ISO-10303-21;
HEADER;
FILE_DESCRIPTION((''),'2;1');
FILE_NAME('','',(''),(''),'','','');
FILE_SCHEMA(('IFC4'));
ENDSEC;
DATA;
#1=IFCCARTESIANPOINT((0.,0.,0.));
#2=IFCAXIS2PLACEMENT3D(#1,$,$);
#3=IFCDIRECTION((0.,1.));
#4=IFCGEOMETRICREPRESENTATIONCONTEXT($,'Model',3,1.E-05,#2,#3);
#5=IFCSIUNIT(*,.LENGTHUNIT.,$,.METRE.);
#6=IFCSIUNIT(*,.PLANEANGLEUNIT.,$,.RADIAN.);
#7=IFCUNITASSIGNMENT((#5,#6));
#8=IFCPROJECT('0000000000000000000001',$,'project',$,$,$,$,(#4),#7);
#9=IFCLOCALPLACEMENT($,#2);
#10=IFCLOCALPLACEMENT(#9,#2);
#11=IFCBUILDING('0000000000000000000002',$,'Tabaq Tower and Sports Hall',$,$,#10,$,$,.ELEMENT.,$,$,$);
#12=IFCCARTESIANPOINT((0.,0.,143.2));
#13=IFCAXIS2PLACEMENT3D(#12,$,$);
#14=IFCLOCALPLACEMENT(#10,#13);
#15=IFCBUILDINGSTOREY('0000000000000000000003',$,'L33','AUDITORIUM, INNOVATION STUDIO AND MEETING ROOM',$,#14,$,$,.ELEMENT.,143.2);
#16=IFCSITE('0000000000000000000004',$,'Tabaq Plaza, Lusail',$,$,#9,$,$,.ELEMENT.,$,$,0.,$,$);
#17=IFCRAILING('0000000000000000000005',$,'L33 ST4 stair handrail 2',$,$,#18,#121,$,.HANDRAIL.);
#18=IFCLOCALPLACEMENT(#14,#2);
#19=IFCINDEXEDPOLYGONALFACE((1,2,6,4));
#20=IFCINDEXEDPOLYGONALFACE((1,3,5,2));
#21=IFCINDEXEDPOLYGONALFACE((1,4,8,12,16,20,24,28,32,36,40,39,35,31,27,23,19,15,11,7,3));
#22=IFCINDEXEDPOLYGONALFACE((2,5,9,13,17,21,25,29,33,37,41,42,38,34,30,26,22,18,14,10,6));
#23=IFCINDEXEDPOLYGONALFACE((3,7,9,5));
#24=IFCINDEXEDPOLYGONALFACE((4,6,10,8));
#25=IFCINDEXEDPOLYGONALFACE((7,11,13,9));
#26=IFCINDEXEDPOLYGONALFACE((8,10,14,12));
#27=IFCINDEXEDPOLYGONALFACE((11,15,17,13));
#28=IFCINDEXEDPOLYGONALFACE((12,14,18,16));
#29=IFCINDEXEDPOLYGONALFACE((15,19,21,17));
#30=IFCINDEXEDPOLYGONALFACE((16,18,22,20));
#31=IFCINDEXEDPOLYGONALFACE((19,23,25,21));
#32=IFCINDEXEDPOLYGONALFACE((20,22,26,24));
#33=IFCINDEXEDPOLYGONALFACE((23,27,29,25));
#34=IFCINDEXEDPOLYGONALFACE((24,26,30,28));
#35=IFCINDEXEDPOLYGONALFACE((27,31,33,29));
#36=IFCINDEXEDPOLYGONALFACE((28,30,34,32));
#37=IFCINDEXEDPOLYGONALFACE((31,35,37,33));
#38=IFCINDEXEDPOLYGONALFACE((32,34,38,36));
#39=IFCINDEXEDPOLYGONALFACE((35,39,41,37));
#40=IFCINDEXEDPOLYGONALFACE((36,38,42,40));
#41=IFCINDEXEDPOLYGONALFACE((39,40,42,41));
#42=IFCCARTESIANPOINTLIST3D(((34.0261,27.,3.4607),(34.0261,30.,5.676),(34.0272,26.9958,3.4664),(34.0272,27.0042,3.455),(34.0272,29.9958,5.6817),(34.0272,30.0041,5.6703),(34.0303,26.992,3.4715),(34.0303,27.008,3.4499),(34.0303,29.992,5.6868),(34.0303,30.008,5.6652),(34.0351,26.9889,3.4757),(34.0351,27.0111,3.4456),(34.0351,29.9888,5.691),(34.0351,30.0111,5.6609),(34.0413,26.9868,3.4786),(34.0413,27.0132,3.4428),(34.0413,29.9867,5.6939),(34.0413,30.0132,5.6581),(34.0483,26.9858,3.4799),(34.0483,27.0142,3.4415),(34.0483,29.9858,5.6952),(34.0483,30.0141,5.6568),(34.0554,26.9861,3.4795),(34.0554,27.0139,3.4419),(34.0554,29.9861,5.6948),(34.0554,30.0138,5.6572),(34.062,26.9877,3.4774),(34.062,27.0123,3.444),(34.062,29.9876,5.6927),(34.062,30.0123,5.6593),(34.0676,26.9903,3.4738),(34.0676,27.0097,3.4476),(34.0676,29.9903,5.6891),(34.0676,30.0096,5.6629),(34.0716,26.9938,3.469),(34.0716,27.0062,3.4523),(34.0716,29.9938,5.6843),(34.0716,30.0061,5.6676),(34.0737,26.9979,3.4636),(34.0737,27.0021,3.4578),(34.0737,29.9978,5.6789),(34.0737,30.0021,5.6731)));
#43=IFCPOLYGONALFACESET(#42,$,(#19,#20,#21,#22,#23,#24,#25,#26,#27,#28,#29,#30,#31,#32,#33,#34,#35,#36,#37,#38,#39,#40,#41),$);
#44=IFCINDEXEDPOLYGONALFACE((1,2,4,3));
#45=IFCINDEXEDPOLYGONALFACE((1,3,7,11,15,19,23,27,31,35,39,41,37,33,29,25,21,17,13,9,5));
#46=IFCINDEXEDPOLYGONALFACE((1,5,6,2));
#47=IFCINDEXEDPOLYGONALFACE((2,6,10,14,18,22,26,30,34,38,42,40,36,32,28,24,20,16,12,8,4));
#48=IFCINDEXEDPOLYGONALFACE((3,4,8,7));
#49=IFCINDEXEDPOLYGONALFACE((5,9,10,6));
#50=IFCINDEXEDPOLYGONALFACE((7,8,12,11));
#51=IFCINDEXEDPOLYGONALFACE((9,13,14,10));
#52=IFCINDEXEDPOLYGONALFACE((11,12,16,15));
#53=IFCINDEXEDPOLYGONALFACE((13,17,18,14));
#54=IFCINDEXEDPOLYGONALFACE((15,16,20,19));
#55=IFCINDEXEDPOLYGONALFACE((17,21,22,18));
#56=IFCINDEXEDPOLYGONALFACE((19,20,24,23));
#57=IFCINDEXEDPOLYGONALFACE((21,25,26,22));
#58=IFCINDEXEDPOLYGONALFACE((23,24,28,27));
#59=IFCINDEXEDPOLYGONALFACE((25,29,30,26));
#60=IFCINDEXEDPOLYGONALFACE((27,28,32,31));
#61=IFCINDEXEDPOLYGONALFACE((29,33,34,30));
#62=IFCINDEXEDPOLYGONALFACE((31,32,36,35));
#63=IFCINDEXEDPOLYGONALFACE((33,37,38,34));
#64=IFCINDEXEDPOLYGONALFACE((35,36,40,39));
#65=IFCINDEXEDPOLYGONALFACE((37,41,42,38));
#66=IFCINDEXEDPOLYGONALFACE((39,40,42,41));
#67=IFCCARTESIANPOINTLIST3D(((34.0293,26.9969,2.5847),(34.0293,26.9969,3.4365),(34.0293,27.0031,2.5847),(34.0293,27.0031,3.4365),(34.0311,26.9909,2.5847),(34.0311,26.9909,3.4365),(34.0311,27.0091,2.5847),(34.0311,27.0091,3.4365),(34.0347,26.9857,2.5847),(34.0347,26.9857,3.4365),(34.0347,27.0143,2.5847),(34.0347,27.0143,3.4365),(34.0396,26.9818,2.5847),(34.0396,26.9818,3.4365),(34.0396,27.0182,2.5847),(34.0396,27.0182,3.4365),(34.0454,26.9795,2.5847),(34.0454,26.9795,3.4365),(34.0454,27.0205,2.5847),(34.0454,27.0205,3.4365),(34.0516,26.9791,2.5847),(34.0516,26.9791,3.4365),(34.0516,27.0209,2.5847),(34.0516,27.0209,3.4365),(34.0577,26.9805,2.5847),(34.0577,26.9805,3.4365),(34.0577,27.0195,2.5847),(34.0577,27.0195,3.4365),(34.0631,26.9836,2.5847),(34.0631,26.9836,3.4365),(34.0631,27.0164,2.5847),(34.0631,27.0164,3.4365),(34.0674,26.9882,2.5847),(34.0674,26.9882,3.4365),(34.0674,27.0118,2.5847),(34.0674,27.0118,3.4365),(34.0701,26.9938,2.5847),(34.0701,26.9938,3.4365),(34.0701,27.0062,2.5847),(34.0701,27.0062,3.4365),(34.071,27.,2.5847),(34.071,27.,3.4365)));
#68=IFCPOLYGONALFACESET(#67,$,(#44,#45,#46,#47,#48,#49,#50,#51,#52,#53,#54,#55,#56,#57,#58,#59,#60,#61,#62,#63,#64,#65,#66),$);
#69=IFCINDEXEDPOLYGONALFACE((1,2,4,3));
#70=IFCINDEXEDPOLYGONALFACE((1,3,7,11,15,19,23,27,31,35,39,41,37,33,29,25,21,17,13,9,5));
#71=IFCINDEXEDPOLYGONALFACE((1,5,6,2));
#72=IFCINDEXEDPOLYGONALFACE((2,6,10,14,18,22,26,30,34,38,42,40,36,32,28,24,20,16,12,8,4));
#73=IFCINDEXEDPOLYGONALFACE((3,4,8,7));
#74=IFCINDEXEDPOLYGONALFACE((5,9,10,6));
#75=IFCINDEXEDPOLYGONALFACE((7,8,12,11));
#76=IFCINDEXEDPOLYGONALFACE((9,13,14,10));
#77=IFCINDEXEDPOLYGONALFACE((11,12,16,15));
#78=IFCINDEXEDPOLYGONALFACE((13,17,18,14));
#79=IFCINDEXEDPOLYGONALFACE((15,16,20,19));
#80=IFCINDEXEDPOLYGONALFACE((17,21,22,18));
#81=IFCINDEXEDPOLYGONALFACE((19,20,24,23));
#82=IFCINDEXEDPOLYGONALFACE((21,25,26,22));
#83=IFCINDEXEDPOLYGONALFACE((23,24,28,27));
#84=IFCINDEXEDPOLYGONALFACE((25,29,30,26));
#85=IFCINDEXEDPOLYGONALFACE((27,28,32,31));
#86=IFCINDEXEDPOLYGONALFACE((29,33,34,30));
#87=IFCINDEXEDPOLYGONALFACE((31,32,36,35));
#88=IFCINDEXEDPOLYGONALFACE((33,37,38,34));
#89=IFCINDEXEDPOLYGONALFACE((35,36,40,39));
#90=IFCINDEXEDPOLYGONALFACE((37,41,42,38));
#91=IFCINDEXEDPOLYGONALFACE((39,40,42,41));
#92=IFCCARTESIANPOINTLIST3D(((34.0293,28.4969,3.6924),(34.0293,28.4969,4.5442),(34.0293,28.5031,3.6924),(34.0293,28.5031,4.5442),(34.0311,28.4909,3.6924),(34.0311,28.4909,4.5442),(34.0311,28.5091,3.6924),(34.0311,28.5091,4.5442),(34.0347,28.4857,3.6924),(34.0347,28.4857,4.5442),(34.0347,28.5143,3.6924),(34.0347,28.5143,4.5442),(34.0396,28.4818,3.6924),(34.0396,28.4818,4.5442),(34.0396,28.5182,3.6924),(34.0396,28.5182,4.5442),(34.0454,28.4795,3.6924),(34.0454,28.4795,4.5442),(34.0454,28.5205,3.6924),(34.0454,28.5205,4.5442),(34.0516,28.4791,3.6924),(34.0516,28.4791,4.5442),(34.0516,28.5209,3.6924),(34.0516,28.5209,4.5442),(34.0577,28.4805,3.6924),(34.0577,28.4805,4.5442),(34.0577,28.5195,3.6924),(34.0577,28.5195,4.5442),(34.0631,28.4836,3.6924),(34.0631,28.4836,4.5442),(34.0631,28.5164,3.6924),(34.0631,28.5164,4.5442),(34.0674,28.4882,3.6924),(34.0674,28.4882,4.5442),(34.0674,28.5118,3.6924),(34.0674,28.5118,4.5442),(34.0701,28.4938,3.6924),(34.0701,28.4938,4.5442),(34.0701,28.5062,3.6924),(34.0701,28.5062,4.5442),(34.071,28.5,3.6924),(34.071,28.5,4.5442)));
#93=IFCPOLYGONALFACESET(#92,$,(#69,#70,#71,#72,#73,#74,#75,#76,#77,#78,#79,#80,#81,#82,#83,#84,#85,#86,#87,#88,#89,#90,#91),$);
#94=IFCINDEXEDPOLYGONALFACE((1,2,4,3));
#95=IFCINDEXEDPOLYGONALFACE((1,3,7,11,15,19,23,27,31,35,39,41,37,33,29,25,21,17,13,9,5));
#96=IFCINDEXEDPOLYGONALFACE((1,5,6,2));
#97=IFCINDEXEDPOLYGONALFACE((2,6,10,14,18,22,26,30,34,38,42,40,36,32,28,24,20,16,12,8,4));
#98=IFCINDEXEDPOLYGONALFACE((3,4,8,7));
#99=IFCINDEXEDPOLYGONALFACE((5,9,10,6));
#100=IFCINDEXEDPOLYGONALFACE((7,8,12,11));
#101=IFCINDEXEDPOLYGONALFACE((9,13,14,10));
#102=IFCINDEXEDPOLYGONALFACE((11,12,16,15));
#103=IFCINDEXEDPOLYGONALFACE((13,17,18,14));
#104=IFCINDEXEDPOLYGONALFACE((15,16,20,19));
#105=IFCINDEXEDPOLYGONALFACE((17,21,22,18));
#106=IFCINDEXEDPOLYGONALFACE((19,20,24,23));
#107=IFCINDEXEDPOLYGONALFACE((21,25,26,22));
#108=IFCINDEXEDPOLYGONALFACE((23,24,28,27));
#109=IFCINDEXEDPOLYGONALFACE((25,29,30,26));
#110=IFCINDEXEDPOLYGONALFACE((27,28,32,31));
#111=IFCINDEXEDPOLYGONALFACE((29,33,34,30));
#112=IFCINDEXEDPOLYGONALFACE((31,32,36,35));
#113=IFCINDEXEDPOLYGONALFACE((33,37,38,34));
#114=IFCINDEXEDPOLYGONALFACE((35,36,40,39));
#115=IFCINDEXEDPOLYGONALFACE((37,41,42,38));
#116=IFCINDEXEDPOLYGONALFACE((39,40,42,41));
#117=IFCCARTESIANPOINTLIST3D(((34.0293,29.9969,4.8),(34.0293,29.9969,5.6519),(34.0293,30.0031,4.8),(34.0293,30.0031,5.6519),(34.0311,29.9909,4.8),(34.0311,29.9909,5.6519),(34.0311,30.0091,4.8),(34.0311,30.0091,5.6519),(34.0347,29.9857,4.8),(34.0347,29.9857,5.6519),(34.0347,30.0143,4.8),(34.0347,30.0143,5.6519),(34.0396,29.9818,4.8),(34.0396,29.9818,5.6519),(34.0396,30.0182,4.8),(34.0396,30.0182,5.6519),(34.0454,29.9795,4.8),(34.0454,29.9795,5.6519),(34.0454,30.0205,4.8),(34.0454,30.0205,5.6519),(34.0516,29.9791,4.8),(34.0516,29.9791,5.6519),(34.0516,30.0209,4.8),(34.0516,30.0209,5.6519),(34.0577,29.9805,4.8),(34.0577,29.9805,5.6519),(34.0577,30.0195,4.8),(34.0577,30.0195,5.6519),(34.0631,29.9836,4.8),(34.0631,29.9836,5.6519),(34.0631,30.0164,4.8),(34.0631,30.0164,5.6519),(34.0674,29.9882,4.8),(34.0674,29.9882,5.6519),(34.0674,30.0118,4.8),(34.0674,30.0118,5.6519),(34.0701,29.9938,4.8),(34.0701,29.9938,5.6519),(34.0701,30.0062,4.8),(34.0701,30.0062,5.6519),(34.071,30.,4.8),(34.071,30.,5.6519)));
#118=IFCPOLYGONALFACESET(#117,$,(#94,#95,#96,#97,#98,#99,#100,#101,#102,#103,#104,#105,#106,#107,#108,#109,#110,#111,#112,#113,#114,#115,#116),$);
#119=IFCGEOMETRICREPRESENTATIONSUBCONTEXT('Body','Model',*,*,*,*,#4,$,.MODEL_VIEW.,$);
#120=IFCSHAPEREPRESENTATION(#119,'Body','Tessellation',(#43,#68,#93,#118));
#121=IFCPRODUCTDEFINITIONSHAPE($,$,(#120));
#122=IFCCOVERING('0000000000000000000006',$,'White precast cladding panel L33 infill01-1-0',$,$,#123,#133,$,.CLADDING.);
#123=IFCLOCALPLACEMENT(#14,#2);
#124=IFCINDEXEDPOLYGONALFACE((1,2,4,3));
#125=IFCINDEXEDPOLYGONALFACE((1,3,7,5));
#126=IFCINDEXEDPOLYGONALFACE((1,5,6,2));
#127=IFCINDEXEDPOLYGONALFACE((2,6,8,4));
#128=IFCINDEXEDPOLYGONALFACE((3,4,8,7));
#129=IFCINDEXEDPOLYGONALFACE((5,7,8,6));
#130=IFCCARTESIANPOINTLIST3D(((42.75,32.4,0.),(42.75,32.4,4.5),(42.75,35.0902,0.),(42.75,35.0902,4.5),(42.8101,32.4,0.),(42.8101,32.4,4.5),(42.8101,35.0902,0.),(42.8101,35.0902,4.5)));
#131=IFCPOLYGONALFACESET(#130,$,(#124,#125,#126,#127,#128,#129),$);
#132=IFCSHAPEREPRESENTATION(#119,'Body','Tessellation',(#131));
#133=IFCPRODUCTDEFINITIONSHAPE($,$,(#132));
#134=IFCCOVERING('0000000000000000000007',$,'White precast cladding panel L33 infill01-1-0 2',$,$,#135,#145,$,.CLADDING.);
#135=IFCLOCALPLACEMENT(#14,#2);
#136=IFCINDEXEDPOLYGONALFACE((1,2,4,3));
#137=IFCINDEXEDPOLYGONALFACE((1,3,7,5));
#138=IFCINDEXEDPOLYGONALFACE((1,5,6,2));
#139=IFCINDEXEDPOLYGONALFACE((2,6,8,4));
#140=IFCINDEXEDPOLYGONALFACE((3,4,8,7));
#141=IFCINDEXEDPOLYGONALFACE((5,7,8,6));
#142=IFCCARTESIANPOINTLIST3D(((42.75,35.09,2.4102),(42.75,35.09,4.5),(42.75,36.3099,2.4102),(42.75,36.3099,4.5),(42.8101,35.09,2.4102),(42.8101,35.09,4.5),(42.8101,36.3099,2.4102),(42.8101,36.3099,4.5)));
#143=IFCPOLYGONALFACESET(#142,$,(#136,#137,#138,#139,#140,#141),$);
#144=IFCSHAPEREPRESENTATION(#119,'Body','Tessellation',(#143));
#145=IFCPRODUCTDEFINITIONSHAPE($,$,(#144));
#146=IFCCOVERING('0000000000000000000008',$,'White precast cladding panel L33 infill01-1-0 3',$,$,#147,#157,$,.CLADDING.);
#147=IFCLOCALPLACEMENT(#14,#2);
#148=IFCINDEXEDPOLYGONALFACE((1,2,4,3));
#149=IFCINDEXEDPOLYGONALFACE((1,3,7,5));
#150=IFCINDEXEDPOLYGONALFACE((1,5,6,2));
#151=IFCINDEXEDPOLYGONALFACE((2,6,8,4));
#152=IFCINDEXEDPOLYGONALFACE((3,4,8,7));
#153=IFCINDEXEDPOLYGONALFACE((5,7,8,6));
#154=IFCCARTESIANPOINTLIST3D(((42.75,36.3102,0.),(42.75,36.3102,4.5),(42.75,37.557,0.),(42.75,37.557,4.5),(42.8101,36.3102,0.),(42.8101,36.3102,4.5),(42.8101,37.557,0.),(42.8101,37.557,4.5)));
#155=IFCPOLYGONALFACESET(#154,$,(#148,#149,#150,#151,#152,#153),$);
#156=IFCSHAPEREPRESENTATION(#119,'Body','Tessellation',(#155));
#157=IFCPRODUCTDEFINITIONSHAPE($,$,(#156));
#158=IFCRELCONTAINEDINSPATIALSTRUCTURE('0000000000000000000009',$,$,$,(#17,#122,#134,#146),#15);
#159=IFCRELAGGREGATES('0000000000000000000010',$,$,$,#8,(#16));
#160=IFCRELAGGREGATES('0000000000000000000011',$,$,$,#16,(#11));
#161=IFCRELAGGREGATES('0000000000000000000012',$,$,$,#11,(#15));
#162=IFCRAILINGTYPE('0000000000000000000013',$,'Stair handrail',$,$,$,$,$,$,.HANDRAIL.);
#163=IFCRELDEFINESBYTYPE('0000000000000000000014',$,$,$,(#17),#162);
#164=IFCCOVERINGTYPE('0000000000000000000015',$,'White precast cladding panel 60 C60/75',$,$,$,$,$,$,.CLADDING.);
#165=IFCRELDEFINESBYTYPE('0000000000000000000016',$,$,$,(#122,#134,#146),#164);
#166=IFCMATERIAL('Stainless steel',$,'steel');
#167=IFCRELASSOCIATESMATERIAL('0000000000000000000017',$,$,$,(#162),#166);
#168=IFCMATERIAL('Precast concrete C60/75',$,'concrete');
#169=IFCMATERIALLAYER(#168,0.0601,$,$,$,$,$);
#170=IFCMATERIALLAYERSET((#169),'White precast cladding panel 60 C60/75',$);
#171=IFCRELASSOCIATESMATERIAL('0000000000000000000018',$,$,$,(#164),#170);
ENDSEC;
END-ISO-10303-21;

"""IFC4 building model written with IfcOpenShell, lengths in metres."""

from ifc_helpers import new_model, si_unit, direction, frame, frame_2d, origin, origin_2d, place, context, subcontext, project, spatial, rectangle, circle, extrude, material, layer, layer_set, type_object, element, save


model = new_model("IFC4")

# Units and contexts
model_context = context("Model", 3, precision=1e-05, world=origin(), true_north=direction((0.0, 1.0)))
body_context = subcontext(model_context, "Body", "Model", "MODEL_VIEW")
ifc_project = project(units=[si_unit("LENGTHUNIT", "METRE"), si_unit("PLANEANGLEUNIT", "RADIAN")], contexts=[model_context])

# Site, building, storey
site_placement = place(None, origin())
site = spatial("IfcSite", under=ifc_project, at=site_placement, Name="Tabaq Plaza, Lusail", CompositionType="ELEMENT", RefElevation=0.0)
building_placement = place(site_placement, origin())
building = spatial("IfcBuilding", under=site, at=building_placement, Name="Tabaq Tower and Sports Hall", CompositionType="ELEMENT")
storey_placement = place(building_placement, frame((0.0, 0.0, 143.2)))
storey = spatial("IfcBuildingStorey", under=building, at=storey_placement, Name="L33", Description="AUDITORIUM, INNOVATION STUDIO AND MEETING ROOM", CompositionType="ELEMENT", Elevation=143.2)

# Railing
ifc_material_1 = material(Name="Stainless steel", Category="steel")
railing_type_1 = type_object("IfcRailingType", Name="Stair handrail", PredefinedType="HANDRAIL", material=ifc_material_1)
railing_1_placement = place(storey_placement, frame((34.05, 27.0, 2.5847)))
element("IfcRailing", 1, at=railing_1_placement, inside=storey, type_object=railing_type_1, Name="L33 ST4 stair handrail 2", PredefinedType="HANDRAIL", context=body_context, shape_type="SweptSolid", body=[
    extrude(circle(Radius=0.0239, at=origin_2d()), frame((0.0, 0.0, 0.876), z_axis=(0.0, 0.80444, 0.594034), x_axis=(-1.0, 0.0, 0.0)), (0.0, 0.0, 1.0), 3.7292),
    extrude(circle(Radius=0.021, at=origin_2d()), origin(), (0.0, 0.0, 1.0), 0.8518),
    extrude(circle(Radius=0.021, at=origin_2d()), frame((0.0, 1.5, 1.1077)), (0.0, 0.0, 1.0), 0.8518),
    extrude(circle(Radius=0.021, at=origin_2d()), frame((0.0, 3.0, 2.2153)), (0.0, 0.0, 1.0), 0.8518),
])

# Coverings
ifc_material_2 = material(Name="Precast concrete C60/75", Category="concrete")
ifc_layer_1 = layer(ifc_material_2, 0.0601)
ifc_layer_set_1 = layer_set([ifc_layer_1], Name="White precast cladding panel 60 C60/75")
covering_type_1 = type_object("IfcCoveringType", Name="White precast cladding panel 60 C60/75", PredefinedType="CLADDING", material=ifc_layer_set_1)
covering_1_placement = place(storey_placement, frame((42.78, 32.3999, 0.0), z_axis=(0.0, 0.0, 1.0), x_axis=(0.0, 1.0, 0.0)))
element("IfcCovering", 2, at=covering_1_placement, inside=storey, type_object=covering_type_1, Name="White precast cladding panel L33 infill01-1-0", PredefinedType="CLADDING", context=body_context, shape_type="SweptSolid", body=[
    extrude(rectangle(XDim=2.6902, YDim=0.0601, at=frame_2d((1.3452, 0.0))), origin(), (0.0, 0.0, 1.0), 4.5),
])
covering_2_placement = place(storey_placement, frame((42.78, 35.0901, 2.4102), z_axis=(0.0, 0.0, 1.0), x_axis=(0.0, 1.0, 0.0)))
element("IfcCovering", 3, at=covering_2_placement, inside=storey, type_object=covering_type_1, Name="White precast cladding panel L33 infill01-1-0 2", PredefinedType="CLADDING", context=body_context, shape_type="SweptSolid", body=[
    extrude(rectangle(XDim=1.22, YDim=0.0601, at=frame_2d((0.6099, 0.0))), origin(), (0.0, 0.0, 1.0), 2.0898),
])
covering_3_placement = place(storey_placement, frame((42.78, 36.3101, 0.0), z_axis=(0.0, 0.0, 1.0), x_axis=(0.0, 1.0, 0.0)))
element("IfcCovering", 4, at=covering_3_placement, inside=storey, type_object=covering_type_1, Name="White precast cladding panel L33 infill01-1-0 3", PredefinedType="CLADDING", context=body_context, shape_type="SweptSolid", body=[
    extrude(rectangle(XDim=1.2468, YDim=0.0601, at=frame_2d((0.6235, 0.0))), origin(), (0.0, 0.0, 1.0), 4.5),
])

save(model, "model.ifc")
